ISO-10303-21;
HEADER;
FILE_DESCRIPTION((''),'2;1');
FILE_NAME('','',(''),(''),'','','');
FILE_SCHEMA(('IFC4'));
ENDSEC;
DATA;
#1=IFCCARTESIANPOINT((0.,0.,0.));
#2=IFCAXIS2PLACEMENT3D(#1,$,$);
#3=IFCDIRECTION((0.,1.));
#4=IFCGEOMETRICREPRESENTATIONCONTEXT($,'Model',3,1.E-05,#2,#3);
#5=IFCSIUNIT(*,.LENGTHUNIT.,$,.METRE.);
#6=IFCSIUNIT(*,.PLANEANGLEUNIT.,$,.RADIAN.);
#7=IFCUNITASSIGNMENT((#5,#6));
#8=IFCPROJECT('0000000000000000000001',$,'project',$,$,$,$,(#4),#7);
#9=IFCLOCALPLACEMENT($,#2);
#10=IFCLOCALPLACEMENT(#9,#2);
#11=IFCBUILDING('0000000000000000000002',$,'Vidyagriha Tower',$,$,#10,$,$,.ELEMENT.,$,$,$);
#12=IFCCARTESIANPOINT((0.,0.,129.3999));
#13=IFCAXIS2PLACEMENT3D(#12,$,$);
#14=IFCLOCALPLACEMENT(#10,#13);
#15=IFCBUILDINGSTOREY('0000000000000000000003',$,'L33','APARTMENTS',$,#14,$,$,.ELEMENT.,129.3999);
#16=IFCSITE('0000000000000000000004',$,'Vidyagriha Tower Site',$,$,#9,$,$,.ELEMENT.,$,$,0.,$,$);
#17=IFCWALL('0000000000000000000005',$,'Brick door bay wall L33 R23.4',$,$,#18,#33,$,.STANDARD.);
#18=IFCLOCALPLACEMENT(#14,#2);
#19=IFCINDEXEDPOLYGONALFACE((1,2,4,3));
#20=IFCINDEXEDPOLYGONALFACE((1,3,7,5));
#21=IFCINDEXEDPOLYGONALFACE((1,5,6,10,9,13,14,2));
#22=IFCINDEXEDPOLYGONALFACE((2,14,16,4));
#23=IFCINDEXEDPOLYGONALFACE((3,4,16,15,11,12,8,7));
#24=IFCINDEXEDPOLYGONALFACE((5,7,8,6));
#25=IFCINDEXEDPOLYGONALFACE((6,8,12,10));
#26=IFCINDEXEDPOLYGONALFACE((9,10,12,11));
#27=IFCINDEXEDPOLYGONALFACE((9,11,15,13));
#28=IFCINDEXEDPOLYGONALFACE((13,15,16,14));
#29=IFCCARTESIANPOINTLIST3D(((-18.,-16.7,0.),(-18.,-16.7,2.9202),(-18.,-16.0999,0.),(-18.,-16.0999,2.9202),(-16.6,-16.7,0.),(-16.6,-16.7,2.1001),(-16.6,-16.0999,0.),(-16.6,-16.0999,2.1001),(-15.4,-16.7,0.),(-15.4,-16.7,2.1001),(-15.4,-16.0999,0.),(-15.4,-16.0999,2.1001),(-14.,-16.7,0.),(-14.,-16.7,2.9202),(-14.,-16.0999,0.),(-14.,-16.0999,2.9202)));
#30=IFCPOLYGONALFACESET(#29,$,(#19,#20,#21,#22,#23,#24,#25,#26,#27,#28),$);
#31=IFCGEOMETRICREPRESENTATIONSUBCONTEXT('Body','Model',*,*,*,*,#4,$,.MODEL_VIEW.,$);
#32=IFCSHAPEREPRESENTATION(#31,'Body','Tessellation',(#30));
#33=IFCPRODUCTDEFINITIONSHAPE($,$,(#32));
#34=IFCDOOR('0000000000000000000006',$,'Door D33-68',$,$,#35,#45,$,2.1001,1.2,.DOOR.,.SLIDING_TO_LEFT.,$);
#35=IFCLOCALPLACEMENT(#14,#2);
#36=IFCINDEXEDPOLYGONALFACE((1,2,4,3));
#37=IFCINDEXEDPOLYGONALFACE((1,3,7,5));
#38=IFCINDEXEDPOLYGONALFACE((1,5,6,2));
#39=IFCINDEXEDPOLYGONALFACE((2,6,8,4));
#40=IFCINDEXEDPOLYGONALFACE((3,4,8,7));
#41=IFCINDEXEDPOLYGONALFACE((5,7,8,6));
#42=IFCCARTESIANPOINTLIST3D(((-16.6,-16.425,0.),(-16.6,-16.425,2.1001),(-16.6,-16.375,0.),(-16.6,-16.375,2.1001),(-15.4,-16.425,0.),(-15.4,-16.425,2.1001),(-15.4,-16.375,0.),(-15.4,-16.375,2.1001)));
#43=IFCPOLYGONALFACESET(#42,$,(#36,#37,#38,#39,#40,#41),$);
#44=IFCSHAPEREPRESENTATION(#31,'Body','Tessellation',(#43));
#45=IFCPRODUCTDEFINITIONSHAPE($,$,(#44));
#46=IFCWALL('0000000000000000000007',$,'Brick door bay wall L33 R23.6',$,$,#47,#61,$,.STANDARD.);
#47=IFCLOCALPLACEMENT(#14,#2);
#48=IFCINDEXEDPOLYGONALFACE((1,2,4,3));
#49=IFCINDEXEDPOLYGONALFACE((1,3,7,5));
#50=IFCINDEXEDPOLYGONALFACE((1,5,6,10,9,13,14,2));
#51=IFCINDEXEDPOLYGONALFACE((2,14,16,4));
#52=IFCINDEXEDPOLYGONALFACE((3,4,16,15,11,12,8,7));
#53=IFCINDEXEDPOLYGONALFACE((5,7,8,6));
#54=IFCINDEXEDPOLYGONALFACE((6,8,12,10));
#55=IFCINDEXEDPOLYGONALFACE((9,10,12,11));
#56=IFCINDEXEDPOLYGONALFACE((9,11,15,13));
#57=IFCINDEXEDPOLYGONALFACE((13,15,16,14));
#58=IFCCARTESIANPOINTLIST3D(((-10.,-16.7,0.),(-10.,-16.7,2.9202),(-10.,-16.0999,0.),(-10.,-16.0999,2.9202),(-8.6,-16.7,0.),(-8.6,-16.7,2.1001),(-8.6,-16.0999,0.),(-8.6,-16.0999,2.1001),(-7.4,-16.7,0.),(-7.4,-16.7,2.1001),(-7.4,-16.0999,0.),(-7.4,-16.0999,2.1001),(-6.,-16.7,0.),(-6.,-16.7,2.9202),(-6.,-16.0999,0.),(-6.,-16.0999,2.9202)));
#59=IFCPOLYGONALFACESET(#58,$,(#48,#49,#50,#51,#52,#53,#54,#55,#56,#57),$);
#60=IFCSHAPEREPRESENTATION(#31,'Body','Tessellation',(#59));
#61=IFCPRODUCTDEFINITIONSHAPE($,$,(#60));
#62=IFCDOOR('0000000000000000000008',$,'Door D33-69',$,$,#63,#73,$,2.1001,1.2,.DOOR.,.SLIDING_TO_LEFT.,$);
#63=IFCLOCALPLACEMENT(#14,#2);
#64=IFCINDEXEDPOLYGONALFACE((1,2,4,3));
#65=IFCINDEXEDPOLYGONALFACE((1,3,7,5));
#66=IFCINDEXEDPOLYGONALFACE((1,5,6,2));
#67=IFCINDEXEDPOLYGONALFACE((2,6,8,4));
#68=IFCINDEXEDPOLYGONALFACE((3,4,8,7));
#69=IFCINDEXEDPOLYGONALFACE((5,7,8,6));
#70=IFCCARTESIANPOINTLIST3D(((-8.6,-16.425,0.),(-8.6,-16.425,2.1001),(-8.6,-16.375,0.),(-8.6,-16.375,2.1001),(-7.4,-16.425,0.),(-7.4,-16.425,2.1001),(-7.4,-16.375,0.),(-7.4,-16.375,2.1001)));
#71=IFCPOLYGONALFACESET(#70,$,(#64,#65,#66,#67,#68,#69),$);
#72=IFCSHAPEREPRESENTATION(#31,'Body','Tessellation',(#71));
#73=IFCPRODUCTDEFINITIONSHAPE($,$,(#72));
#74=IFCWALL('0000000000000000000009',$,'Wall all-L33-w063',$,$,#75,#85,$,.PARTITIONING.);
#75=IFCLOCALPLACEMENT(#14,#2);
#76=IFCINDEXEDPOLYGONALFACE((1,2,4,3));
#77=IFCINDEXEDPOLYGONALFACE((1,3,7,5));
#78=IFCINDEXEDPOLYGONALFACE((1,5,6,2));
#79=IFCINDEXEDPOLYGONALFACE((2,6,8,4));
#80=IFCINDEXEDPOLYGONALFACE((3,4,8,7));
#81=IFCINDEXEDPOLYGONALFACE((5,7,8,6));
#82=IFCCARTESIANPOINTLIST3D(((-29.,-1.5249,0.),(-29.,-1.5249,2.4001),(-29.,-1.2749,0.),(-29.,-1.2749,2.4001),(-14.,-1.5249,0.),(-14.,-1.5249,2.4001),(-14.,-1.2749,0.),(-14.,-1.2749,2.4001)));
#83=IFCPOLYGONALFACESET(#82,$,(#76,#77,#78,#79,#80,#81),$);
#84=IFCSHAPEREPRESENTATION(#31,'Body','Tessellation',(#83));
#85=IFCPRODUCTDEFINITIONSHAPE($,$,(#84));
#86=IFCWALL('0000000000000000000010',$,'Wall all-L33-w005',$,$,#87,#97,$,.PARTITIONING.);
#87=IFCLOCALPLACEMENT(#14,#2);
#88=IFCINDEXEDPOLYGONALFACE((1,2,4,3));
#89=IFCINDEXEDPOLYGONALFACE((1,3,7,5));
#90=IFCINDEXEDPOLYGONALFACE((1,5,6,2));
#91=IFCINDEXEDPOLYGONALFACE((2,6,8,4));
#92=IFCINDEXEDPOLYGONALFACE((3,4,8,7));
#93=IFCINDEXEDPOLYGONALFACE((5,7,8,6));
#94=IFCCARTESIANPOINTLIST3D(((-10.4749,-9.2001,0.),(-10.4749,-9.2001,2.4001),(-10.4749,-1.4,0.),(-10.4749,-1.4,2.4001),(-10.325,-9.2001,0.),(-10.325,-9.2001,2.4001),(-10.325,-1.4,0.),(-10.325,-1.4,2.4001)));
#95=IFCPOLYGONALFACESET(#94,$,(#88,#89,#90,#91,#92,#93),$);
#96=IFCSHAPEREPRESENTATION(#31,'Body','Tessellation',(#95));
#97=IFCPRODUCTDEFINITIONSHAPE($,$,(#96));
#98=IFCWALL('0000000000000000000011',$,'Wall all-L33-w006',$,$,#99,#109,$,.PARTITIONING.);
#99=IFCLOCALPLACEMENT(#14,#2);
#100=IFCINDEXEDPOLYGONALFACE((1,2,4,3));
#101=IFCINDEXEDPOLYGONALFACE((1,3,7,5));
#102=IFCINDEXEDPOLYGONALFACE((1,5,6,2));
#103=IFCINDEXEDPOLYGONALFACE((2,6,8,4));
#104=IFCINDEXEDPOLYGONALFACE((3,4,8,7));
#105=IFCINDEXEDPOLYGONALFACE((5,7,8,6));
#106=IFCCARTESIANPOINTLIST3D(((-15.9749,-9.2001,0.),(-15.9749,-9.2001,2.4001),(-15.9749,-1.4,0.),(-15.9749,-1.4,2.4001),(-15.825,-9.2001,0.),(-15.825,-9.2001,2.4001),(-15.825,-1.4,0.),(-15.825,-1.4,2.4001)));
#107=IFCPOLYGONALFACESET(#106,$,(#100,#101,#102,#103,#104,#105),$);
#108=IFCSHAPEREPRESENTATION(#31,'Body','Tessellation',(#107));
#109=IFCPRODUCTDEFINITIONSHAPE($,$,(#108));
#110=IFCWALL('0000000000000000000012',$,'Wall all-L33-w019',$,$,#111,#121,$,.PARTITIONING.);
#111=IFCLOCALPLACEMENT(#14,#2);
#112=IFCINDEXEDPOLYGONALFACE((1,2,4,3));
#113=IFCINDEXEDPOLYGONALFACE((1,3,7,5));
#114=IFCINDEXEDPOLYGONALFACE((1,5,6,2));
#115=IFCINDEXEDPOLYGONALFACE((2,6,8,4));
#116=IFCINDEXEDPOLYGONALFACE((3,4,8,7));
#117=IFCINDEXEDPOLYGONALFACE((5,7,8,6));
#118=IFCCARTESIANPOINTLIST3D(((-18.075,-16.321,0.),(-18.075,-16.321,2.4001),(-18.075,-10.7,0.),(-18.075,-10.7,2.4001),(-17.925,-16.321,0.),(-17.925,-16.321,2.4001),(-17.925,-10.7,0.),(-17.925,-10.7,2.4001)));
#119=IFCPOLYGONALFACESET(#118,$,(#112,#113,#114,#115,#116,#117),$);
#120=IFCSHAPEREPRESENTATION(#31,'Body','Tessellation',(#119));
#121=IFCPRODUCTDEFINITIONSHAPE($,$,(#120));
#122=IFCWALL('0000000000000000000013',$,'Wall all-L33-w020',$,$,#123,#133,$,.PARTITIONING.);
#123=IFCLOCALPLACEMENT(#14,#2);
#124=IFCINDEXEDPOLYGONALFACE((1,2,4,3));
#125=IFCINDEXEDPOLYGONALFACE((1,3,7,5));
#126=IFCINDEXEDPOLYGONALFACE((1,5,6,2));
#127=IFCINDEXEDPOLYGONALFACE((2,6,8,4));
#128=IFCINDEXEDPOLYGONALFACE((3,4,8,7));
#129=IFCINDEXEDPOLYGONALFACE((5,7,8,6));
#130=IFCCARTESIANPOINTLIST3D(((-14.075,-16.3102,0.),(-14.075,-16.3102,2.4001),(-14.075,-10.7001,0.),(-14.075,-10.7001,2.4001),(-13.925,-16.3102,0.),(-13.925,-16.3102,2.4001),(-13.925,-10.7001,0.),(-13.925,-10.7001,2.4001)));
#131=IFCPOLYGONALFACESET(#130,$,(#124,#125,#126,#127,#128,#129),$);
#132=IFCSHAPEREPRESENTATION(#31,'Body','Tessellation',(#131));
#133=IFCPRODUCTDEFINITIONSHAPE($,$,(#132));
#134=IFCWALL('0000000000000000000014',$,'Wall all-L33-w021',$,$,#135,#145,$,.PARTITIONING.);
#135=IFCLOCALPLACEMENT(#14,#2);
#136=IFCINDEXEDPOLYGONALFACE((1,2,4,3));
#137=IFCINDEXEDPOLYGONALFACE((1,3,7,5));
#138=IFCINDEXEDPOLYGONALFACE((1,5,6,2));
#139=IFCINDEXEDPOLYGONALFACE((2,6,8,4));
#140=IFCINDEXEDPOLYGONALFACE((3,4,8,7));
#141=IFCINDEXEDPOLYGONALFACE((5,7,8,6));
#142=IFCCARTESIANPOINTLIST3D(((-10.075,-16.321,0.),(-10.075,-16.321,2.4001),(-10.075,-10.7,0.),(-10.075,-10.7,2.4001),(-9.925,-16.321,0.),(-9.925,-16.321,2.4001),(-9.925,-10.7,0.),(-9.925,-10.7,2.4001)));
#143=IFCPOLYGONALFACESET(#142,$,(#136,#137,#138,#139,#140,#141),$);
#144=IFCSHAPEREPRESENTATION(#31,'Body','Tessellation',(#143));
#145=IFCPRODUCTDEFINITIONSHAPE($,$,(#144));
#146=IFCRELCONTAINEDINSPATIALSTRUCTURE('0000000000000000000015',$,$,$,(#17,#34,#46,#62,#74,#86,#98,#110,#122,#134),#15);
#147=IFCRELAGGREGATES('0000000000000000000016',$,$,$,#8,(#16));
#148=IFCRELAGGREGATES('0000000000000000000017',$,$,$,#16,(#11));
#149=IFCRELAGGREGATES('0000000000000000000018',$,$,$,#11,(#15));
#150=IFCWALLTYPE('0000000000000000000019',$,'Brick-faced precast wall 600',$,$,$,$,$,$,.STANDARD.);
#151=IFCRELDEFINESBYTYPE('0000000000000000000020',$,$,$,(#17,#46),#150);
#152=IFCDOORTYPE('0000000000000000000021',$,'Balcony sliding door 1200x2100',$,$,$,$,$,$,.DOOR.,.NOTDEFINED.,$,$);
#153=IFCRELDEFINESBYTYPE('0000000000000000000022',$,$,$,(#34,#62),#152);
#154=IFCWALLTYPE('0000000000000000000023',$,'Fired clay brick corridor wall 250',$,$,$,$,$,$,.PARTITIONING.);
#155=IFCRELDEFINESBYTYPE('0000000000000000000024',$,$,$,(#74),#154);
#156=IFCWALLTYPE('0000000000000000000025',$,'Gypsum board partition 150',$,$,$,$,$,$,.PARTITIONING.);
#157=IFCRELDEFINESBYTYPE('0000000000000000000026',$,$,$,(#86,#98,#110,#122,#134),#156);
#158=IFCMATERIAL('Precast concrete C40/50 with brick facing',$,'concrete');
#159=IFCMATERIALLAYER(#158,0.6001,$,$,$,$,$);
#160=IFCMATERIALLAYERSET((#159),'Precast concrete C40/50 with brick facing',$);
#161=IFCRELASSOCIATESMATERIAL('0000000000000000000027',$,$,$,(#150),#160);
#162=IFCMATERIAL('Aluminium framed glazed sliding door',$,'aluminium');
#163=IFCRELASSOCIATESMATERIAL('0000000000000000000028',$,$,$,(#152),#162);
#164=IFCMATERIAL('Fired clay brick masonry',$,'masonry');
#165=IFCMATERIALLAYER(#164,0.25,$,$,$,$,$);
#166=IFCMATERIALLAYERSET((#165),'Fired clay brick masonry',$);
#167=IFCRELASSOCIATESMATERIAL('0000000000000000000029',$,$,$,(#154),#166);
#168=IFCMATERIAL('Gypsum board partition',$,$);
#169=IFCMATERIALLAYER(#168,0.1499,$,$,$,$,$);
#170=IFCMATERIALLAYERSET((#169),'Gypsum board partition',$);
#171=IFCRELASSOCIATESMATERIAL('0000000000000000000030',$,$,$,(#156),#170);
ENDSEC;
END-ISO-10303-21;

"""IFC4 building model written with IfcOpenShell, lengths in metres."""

from ifc_helpers import new_model, si_unit, direction, frame, frame_2d, origin, place, context, subcontext, project, spatial, rectangle, extrude, material, layer, layer_set, type_object, element, fill, save


model = new_model("IFC4")

# Units and contexts
model_context = context("Model", 3, precision=1e-05, world=origin(), true_north=direction((0.0, 1.0)))
body_context = subcontext(model_context, "Body", "Model", "MODEL_VIEW")
ifc_project = project(units=[si_unit("LENGTHUNIT", "METRE"), si_unit("PLANEANGLEUNIT", "RADIAN")], contexts=[model_context])

# Site, building, storey
site_placement = place(None, origin())
site = spatial("IfcSite", under=ifc_project, at=site_placement, Name="Vidyagriha Tower Site", CompositionType="ELEMENT", RefElevation=0.0)
building_placement = place(site_placement, origin())
building = spatial("IfcBuilding", under=site, at=building_placement, Name="Vidyagriha Tower", CompositionType="ELEMENT")
storey_placement = place(building_placement, frame((0.0, 0.0, 129.3999)))
storey = spatial("IfcBuildingStorey", under=building, at=storey_placement, Name="L33", Description="APARTMENTS", CompositionType="ELEMENT", Elevation=129.3999)

# Walls, openings, doors
ifc_material_1 = material(Name="Precast concrete C40/50 with brick facing", Category="concrete")
ifc_layer_1 = layer(ifc_material_1, 0.6001)
ifc_layer_set_1 = layer_set([ifc_layer_1], Name="Precast concrete C40/50 with brick facing")
wall_type_1 = type_object("IfcWallType", Name="Brick-faced precast wall 600", PredefinedType="STANDARD", material=ifc_layer_set_1)
wall_1_placement = place(storey_placement, frame((-18.0, -16.3999, 0.0)))
wall_1 = element("IfcWall", 1, at=wall_1_placement, inside=storey, type_object=wall_type_1, Name="Brick door bay wall L33 R23.4", PredefinedType="STANDARD", context=body_context, shape_type="SweptSolid", body=[
    extrude(rectangle(XDim=4.0, YDim=0.6001, at=frame_2d((2.0, 0.0))), origin(), (0.0, 0.0, 1.0), 2.9202),
])
opening_1_placement = place(wall_1_placement, frame((1.3999, 0.0, 0.0)))
opening_1 = element("IfcOpeningElement", 2, at=opening_1_placement, cuts=wall_1, PredefinedType="OPENING", context=body_context, shape_type="SweptSolid", body=[
    extrude(rectangle(XDim=1.2, YDim=2.1001, at=frame_2d((0.6001, 1.05))), frame((0.0, 0.3101, 0.0), z_axis=(0.0, -1.0, 0.0), x_axis=(1.0, 0.0, 0.0)), (0.0, 0.0, 1.0), 0.6201),
])
ifc_material_2 = material(Name="Aluminium framed glazed sliding door", Category="aluminium")
door_type = type_object("IfcDoorType", Name="Balcony sliding door 1200x2100", OperationType="NOTDEFINED", PredefinedType="DOOR", material=ifc_material_2)
door_1_placement = place(opening_1_placement, origin())
door_1 = element("IfcDoor", 3, at=door_1_placement, inside=storey, type_object=door_type, Name="Door D33-68", OperationType="SLIDING_TO_LEFT", OverallHeight=2.1001, OverallWidth=1.2, PredefinedType="DOOR", context=body_context, shape_type="SweptSolid", body=[
    extrude(rectangle(XDim=1.2, YDim=2.1001, at=frame_2d((0.6001, 1.05))), frame((0.0, 0.0249, 0.0), z_axis=(0.0, -1.0, 0.0), x_axis=(1.0, 0.0, 0.0)), (0.0, 0.0, 1.0), 0.05),
])
fill(opening_1, door_1)
wall_2_placement = place(storey_placement, frame((-10.0, -16.3999, 0.0)))
wall_2 = element("IfcWall", 4, at=wall_2_placement, inside=storey, type_object=wall_type_1, Name="Brick door bay wall L33 R23.6", PredefinedType="STANDARD", context=body_context, shape_type="SweptSolid", body=[
    extrude(rectangle(XDim=4.0, YDim=0.6001, at=frame_2d((2.0, 0.0))), origin(), (0.0, 0.0, 1.0), 2.9202),
])
opening_2_placement = place(wall_2_placement, frame((1.3999, 0.0, 0.0)))
opening_2 = element("IfcOpeningElement", 5, at=opening_2_placement, cuts=wall_2, PredefinedType="OPENING", context=body_context, shape_type="SweptSolid", body=[
    extrude(rectangle(XDim=1.2, YDim=2.1001, at=frame_2d((0.6001, 1.05))), frame((0.0, 0.3101, 0.0), z_axis=(0.0, -1.0, 0.0), x_axis=(1.0, 0.0, 0.0)), (0.0, 0.0, 1.0), 0.6201),
])
door_2_placement = place(opening_2_placement, origin())
door_2 = element("IfcDoor", 6, at=door_2_placement, inside=storey, type_object=door_type, Name="Door D33-69", OperationType="SLIDING_TO_LEFT", OverallHeight=2.1001, OverallWidth=1.2, PredefinedType="DOOR", context=body_context, shape_type="SweptSolid", body=[
    extrude(rectangle(XDim=1.2, YDim=2.1001, at=frame_2d((0.6001, 1.05))), frame((0.0, 0.0249, 0.0), z_axis=(0.0, -1.0, 0.0), x_axis=(1.0, 0.0, 0.0)), (0.0, 0.0, 1.0), 0.05),
])
fill(opening_2, door_2)

# Walls
ifc_material_3 = material(Name="Fired clay brick masonry", Category="masonry")
ifc_layer_2 = layer(ifc_material_3, 0.25)
ifc_layer_set_2 = layer_set([ifc_layer_2], Name="Fired clay brick masonry")
wall_type_2 = type_object("IfcWallType", Name="Fired clay brick corridor wall 250", PredefinedType="PARTITIONING", material=ifc_layer_set_2)
wall_3_placement = place(storey_placement, frame((-14.0, -1.3999, 0.0), z_axis=(0.0, 0.0, 1.0), x_axis=(-1.0, 0.0, 0.0)))
element("IfcWall", 7, at=wall_3_placement, inside=storey, type_object=wall_type_2, Name="Wall all-L33-w063", PredefinedType="PARTITIONING", context=body_context, shape_type="SweptSolid", body=[
    extrude(rectangle(XDim=15.0, YDim=0.25, at=frame_2d((7.5, 0.0))), origin(), (0.0, 0.0, 1.0), 2.4001),
])
ifc_material_4 = material(Name="Gypsum board partition")
ifc_layer_3 = layer(ifc_material_4, 0.1499)
ifc_layer_set_3 = layer_set([ifc_layer_3], Name="Gypsum board partition")
wall_type_3 = type_object("IfcWallType", Name="Gypsum board partition 150", PredefinedType="PARTITIONING", material=ifc_layer_set_3)
for number, where, z_axis, x_axis, name in (
    (8, (-10.3999, -9.2, 0.0), (0.0, 0.0, 1.0), (0.0, 1.0, 0.0), "Wall all-L33-w005"),
    (9, (-15.8999, -9.2, 0.0), (0.0, 0.0, 1.0), (0.0, 1.0, 0.0), "Wall all-L33-w006"),
):
    element("IfcWall", number, at=place(storey_placement, frame(where, z_axis=z_axis, x_axis=x_axis)), inside=storey, type_object=wall_type_3, Name=name, PredefinedType="PARTITIONING", context=body_context, shape_type="SweptSolid", body=[
        extrude(rectangle(XDim=7.8, YDim=0.1499, at=frame_2d((3.8999, 0.0))), origin(), (0.0, 0.0, 1.0), 2.4001),
    ])
wall_4_placement = place(storey_placement, frame((-18.0, -10.7, 0.0), z_axis=(0.0, 0.0, 1.0), x_axis=(0.0, -1.0, 0.0)))
element("IfcWall", 10, at=wall_4_placement, inside=storey, type_object=wall_type_3, Name="Wall all-L33-w019", PredefinedType="PARTITIONING", context=body_context, shape_type="SweptSolid", body=[
    extrude(rectangle(XDim=5.6211, YDim=0.1499, at=frame_2d((2.8105, 0.0))), origin(), (0.0, 0.0, 1.0), 2.4001),
])
wall_5_placement = place(storey_placement, frame((-14.0, -10.7, 0.0), z_axis=(0.0, 0.0, 1.0), x_axis=(0.0, -1.0, 0.0)))
element("IfcWall", 11, at=wall_5_placement, inside=storey, type_object=wall_type_3, Name="Wall all-L33-w020", PredefinedType="PARTITIONING", context=body_context, shape_type="SweptSolid", body=[
    extrude(rectangle(XDim=5.6101, YDim=0.1499, at=frame_2d((2.8052, 0.0))), origin(), (0.0, 0.0, 1.0), 2.4001),
])
wall_6_placement = place(storey_placement, frame((-10.0, -10.7, 0.0), z_axis=(0.0, 0.0, 1.0), x_axis=(0.0, -1.0, 0.0)))
element("IfcWall", 12, at=wall_6_placement, inside=storey, type_object=wall_type_3, Name="Wall all-L33-w021", PredefinedType="PARTITIONING", context=body_context, shape_type="SweptSolid", body=[
    extrude(rectangle(XDim=5.6211, YDim=0.1499, at=frame_2d((2.8105, 0.0))), origin(), (0.0, 0.0, 1.0), 2.4001),
])

save(model, "model.ifc")
